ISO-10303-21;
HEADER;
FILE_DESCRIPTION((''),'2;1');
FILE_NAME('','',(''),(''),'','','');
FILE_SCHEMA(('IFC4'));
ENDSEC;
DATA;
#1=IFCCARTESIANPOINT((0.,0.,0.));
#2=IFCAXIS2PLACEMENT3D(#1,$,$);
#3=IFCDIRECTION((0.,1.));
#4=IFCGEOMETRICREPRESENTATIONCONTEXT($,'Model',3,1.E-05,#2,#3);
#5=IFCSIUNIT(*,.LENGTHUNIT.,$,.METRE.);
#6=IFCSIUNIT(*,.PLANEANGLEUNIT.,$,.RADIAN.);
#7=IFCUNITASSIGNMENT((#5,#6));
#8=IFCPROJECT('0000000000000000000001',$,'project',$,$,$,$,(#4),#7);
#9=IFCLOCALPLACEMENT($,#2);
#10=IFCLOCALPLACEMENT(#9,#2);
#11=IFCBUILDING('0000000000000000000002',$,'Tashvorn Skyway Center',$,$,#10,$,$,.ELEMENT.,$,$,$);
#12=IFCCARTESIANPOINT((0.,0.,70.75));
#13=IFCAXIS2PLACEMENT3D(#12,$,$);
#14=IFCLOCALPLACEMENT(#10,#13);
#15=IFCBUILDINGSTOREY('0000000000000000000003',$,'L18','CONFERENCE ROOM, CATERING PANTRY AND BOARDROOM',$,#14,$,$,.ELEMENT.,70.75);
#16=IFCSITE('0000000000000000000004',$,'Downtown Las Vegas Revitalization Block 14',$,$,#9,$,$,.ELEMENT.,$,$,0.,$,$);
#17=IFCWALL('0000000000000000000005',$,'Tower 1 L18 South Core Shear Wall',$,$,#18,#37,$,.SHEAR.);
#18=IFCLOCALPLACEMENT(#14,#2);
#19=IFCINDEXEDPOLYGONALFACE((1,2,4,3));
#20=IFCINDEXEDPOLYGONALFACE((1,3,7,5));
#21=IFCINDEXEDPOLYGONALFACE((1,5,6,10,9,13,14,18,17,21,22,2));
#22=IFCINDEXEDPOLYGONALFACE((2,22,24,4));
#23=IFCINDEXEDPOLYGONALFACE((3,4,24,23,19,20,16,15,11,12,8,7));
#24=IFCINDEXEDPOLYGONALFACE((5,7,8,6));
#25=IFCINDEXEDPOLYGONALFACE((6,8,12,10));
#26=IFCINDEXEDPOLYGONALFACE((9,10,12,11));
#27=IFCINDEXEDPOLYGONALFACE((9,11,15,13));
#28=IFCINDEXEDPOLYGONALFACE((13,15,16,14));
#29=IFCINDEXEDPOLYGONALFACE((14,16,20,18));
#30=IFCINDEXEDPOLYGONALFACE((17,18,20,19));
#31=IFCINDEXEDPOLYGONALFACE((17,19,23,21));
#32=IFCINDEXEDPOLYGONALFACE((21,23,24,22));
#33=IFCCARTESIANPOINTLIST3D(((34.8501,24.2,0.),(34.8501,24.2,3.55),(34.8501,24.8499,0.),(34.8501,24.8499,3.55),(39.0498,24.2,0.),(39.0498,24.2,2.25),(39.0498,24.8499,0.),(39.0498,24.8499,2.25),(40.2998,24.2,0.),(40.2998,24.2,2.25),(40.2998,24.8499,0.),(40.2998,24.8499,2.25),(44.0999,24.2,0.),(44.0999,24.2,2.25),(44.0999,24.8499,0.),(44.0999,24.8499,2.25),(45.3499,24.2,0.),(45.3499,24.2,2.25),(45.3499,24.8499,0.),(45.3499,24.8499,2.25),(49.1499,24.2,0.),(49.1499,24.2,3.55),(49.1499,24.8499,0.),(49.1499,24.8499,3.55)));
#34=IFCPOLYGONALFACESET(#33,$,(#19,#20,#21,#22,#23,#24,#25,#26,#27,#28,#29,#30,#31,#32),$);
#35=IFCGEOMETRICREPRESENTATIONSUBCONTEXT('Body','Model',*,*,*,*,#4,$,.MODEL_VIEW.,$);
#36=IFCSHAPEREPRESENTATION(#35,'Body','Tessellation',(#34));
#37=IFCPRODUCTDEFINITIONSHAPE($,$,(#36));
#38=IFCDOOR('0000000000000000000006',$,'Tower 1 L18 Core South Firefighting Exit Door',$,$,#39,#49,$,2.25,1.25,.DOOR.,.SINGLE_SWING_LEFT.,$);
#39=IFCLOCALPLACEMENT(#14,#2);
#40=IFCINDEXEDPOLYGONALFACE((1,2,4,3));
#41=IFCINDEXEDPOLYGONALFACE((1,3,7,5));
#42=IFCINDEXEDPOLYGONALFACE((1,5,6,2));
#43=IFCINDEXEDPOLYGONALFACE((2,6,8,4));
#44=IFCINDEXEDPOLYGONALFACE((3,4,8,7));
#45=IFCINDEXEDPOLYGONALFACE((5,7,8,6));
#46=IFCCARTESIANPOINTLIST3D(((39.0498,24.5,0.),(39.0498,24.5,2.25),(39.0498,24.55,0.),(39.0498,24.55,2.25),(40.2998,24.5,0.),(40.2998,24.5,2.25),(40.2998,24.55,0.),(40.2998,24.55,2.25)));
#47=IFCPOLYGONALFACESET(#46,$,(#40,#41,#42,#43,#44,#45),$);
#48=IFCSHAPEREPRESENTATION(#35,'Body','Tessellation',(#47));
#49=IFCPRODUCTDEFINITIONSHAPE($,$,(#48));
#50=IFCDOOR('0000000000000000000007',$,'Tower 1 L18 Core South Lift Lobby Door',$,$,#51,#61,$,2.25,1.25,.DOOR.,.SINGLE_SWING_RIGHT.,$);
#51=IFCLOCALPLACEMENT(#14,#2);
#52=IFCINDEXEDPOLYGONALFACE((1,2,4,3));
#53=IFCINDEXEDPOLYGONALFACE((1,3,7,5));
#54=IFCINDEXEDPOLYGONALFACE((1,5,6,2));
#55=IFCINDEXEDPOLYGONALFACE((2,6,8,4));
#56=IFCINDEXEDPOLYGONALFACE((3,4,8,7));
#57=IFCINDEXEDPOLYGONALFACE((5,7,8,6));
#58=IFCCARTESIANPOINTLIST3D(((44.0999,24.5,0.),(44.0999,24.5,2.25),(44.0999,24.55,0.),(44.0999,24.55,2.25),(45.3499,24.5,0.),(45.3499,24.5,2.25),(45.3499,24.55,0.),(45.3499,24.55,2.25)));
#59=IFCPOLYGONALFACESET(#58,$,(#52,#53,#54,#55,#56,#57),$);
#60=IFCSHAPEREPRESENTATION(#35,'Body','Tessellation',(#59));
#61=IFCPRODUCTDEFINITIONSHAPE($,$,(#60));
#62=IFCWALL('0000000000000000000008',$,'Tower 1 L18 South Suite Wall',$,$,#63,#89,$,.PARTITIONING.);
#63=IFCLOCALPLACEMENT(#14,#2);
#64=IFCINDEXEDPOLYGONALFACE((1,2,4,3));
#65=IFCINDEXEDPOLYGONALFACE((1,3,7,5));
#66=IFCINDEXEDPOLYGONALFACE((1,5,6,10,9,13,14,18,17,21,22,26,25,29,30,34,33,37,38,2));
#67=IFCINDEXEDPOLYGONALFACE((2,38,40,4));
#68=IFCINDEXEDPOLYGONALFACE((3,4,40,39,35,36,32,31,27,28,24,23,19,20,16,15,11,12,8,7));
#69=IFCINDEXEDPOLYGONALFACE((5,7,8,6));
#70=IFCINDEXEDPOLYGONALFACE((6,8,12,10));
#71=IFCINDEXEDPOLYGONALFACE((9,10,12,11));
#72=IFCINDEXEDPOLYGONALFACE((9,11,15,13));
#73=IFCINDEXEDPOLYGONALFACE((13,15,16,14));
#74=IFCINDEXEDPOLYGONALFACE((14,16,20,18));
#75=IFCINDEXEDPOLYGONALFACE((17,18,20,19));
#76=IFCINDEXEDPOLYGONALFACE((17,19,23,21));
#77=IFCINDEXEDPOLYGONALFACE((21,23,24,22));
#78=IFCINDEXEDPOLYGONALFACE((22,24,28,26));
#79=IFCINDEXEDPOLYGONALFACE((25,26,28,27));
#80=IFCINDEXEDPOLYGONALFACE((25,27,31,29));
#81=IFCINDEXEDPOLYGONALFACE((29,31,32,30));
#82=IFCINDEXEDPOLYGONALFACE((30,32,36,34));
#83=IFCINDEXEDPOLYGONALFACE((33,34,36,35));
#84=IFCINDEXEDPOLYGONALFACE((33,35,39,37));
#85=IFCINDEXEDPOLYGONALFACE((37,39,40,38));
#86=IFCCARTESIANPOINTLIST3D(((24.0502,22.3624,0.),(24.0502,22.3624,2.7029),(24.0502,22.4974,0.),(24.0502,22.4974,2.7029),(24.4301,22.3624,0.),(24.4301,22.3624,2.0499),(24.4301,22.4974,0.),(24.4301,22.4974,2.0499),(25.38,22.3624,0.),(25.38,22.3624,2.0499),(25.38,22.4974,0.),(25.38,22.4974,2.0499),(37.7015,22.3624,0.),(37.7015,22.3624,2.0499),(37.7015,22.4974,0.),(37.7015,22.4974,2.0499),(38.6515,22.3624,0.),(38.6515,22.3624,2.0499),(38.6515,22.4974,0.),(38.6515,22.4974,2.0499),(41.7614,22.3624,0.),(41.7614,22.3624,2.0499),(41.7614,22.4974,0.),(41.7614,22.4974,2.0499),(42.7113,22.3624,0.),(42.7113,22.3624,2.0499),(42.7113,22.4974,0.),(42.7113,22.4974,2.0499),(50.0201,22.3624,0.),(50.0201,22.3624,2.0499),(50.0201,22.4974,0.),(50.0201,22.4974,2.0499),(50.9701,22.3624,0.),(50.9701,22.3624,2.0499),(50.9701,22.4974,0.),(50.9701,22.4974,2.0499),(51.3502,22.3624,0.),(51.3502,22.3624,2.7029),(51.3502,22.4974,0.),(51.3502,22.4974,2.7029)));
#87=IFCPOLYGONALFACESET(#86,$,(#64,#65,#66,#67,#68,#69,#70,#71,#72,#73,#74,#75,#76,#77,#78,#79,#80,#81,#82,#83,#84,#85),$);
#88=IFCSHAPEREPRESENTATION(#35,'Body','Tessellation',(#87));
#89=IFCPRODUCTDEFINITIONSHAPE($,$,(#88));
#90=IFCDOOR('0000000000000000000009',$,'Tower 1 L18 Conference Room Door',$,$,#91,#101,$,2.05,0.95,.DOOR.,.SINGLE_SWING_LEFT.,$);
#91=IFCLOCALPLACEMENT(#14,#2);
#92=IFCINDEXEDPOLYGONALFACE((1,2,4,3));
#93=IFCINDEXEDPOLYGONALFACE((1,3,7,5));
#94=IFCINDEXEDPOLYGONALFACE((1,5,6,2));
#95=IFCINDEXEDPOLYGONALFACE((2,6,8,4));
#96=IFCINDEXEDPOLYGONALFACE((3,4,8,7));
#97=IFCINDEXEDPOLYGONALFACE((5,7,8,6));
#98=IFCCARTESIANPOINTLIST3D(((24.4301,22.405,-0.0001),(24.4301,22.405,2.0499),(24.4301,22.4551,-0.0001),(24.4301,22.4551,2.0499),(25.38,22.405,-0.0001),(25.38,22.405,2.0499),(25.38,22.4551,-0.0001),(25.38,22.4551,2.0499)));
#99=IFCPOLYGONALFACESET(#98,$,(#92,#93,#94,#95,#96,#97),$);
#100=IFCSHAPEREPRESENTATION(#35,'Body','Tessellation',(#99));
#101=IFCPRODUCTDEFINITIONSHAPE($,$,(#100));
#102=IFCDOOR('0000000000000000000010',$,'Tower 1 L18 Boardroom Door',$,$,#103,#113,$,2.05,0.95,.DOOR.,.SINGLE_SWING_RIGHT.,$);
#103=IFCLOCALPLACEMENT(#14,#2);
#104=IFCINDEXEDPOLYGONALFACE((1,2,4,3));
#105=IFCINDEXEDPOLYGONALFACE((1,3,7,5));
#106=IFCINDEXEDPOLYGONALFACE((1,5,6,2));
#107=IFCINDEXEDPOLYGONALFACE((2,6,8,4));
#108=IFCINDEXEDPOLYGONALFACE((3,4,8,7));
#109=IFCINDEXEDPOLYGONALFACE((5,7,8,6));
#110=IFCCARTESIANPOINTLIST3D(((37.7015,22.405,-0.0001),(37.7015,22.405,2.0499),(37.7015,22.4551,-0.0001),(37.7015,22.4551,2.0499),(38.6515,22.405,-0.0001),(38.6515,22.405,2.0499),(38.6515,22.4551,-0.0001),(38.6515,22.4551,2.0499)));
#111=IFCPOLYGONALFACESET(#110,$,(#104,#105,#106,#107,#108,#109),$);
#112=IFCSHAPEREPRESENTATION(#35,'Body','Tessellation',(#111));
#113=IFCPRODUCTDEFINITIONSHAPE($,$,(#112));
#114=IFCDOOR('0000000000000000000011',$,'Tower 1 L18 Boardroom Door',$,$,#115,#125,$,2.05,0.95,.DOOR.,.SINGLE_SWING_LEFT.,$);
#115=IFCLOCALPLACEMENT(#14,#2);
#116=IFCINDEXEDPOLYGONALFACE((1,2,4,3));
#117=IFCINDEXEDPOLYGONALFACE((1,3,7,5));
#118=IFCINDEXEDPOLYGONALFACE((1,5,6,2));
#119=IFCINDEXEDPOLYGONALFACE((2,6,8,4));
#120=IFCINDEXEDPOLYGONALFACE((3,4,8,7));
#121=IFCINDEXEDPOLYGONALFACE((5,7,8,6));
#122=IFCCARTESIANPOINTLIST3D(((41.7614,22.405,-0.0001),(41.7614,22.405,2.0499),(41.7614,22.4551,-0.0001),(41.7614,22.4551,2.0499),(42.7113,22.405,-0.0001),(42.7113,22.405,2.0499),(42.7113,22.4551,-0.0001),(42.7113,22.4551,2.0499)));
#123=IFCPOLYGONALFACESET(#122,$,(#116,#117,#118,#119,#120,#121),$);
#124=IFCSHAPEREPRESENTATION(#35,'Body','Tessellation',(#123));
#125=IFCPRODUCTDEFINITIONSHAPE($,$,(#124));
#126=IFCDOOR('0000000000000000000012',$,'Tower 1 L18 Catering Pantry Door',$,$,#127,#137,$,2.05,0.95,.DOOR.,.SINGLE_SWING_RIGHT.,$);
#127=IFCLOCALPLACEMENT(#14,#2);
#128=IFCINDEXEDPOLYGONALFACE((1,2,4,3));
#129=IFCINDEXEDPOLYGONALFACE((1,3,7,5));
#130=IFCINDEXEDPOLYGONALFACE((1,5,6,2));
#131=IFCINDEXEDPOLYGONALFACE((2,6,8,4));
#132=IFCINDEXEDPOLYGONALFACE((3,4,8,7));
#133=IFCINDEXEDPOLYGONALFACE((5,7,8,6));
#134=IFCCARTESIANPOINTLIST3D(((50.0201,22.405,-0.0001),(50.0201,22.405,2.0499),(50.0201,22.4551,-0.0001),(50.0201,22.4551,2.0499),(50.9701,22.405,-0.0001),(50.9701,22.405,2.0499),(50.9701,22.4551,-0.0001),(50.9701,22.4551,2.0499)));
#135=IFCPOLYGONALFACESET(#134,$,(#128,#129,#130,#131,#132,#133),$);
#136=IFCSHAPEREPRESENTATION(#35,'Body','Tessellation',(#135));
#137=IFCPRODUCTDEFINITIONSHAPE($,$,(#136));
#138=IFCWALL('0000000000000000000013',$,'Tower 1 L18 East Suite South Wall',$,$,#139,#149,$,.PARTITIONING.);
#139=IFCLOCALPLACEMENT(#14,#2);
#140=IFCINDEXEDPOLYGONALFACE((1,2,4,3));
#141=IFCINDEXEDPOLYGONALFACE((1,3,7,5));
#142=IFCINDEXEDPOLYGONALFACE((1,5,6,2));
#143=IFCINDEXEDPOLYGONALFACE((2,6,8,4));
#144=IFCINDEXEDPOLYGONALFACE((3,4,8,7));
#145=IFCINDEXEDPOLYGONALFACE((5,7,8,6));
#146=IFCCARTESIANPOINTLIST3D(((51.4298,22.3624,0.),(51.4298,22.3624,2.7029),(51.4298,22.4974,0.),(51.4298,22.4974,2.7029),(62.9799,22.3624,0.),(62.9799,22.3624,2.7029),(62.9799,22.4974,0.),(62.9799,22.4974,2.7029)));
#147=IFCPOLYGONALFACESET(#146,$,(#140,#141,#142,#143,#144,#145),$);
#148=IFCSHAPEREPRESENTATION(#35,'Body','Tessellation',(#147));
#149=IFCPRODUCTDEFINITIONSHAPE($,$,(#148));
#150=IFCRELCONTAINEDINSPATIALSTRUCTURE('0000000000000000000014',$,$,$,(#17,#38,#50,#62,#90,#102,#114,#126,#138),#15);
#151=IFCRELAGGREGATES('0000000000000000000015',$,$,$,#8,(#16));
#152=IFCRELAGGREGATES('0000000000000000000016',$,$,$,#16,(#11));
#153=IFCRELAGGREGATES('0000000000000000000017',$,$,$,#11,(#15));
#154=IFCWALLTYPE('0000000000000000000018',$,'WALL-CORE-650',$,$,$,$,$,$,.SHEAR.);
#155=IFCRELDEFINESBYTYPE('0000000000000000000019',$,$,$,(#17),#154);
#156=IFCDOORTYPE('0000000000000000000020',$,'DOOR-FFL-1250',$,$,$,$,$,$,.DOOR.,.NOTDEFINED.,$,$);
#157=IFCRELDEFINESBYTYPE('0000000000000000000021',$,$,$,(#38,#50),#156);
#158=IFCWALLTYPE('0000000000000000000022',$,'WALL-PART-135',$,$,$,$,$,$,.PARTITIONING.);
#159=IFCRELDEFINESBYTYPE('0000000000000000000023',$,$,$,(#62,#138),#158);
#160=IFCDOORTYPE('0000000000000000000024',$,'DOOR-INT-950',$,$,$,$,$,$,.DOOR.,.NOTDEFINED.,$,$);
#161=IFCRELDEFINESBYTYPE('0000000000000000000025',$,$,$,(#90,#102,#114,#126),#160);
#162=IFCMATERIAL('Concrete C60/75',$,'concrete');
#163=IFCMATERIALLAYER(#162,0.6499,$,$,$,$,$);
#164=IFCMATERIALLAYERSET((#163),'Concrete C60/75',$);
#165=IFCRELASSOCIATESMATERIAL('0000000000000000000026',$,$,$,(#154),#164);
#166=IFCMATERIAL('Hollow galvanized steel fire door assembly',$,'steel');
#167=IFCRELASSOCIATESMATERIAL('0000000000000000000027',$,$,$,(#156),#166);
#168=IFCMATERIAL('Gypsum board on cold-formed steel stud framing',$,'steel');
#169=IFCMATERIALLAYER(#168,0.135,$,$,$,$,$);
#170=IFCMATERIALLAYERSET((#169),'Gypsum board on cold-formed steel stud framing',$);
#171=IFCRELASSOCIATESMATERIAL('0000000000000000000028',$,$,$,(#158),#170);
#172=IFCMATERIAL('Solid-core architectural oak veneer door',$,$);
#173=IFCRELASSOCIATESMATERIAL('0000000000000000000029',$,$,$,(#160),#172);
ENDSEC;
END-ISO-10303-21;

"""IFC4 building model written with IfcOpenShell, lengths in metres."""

from ifc_helpers import new_model, si_unit, direction, frame, frame_2d, origin, place, context, subcontext, project, spatial, rectangle, extrude, material, layer, layer_set, type_object, element, fill, save


model = new_model("IFC4")

# Units and contexts
model_context = context("Model", 3, precision=1e-05, world=origin(), true_north=direction((0.0, 1.0)))
body_context = subcontext(model_context, "Body", "Model", "MODEL_VIEW")
ifc_project = project(units=[si_unit("LENGTHUNIT", "METRE"), si_unit("PLANEANGLEUNIT", "RADIAN")], contexts=[model_context])

# Site, building, storey
site_placement = place(None, origin())
site = spatial("IfcSite", under=ifc_project, at=site_placement, Name="Downtown Las Vegas Revitalization Block 14", CompositionType="ELEMENT", RefElevation=0.0)
building_placement = place(site_placement, origin())
building = spatial("IfcBuilding", under=site, at=building_placement, Name="Tashvorn Skyway Center", CompositionType="ELEMENT")
storey_placement = place(building_placement, frame((0.0, 0.0, 70.75)))
storey = spatial("IfcBuildingStorey", under=building, at=storey_placement, Name="L18", Description="CONFERENCE ROOM, CATERING PANTRY AND BOARDROOM", CompositionType="ELEMENT", Elevation=70.75)

# Walls, openings, doors
ifc_material_1 = material(Name="Concrete C60/75", Category="concrete")
ifc_layer_1 = layer(ifc_material_1, 0.6499)
ifc_layer_set_1 = layer_set([ifc_layer_1], Name="Concrete C60/75")
wall_type_1 = type_object("IfcWallType", Name="WALL-CORE-650", PredefinedType="SHEAR", material=ifc_layer_set_1)
wall_1_placement = place(storey_placement, frame((49.1499, 24.5249, 0.0), z_axis=(0.0, 0.0, 1.0), x_axis=(-1.0, 0.0, 0.0)))
wall_1 = element("IfcWall", 1, at=wall_1_placement, inside=storey, type_object=wall_type_1, Name="Tower 1 L18 South Core Shear Wall", PredefinedType="SHEAR", context=body_context, shape_type="SweptSolid", body=[
    extrude(rectangle(XDim=14.2998, YDim=0.6499, at=frame_2d((7.1499, 0.0))), origin(), (0.0, 0.0, 1.0), 3.55),
])
opening_1_placement = place(wall_1_placement, frame((8.8501, 0.0, 0.0)))
opening_1 = element("IfcOpeningElement", 2, at=opening_1_placement, cuts=wall_1, PredefinedType="OPENING", context=body_context, shape_type="SweptSolid", body=[
    extrude(rectangle(XDim=1.25, YDim=2.25, at=frame_2d((0.625, 1.125))), frame((0.0, 0.335, 0.0), z_axis=(0.0, -1.0, 0.0), x_axis=(1.0, 0.0, 0.0)), (0.0, 0.0, 1.0), 0.6699),
])
opening_2_placement = place(wall_1_placement, frame((3.8, 0.0, 0.0)))
opening_2 = element("IfcOpeningElement", 3, at=opening_2_placement, cuts=wall_1, PredefinedType="OPENING", context=body_context, shape_type="SweptSolid", body=[
    extrude(rectangle(XDim=1.25, YDim=2.25, at=frame_2d((0.625, 1.125))), frame((0.0, 0.335, 0.0), z_axis=(0.0, -1.0, 0.0), x_axis=(1.0, 0.0, 0.0)), (0.0, 0.0, 1.0), 0.6699),
])
ifc_material_2 = material(Name="Hollow galvanized steel fire door assembly", Category="steel")
door_type_1 = type_object("IfcDoorType", Name="DOOR-FFL-1250", OperationType="NOTDEFINED", PredefinedType="DOOR", material=ifc_material_2)
door_1_placement = place(opening_1_placement, origin())
door_1 = element("IfcDoor", 4, at=door_1_placement, inside=storey, type_object=door_type_1, Name="Tower 1 L18 Core South Firefighting Exit Door", OperationType="SINGLE_SWING_LEFT", OverallHeight=2.25, OverallWidth=1.25, PredefinedType="DOOR", context=body_context, shape_type="SweptSolid", body=[
    extrude(rectangle(XDim=1.25, YDim=2.25, at=frame_2d((0.625, 1.125))), frame((0.0, 0.0249, 0.0), z_axis=(0.0, -1.0, 0.0), x_axis=(1.0, 0.0, 0.0)), (0.0, 0.0, 1.0), 0.05),
])
fill(opening_1, door_1)
door_2_placement = place(opening_2_placement, origin())
door_2 = element("IfcDoor", 5, at=door_2_placement, inside=storey, type_object=door_type_1, Name="Tower 1 L18 Core South Lift Lobby Door", OperationType="SINGLE_SWING_RIGHT", OverallHeight=2.25, OverallWidth=1.25, PredefinedType="DOOR", context=body_context, shape_type="SweptSolid", body=[
    extrude(rectangle(XDim=1.25, YDim=2.25, at=frame_2d((0.625, 1.125))), frame((0.0, 0.0249, 0.0), z_axis=(0.0, -1.0, 0.0), x_axis=(1.0, 0.0, 0.0)), (0.0, 0.0, 1.0), 0.05),
])
fill(opening_2, door_2)
ifc_material_3 = material(Name="Gypsum board on cold-formed steel stud framing", Category="steel")
ifc_layer_2 = layer(ifc_material_3, 0.135)
ifc_layer_set_2 = layer_set([ifc_layer_2], Name="Gypsum board on cold-formed steel stud framing")
wall_type_2 = type_object("IfcWallType", Name="WALL-PART-135", PredefinedType="PARTITIONING", material=ifc_layer_set_2)
wall_2_placement = place(storey_placement, frame((51.3501, 22.4299, 0.0), z_axis=(0.0, 0.0, 1.0), x_axis=(-1.0, 0.0, 0.0)))
wall_2 = element("IfcWall", 6, at=wall_2_placement, inside=storey, type_object=wall_type_2, Name="Tower 1 L18 South Suite Wall", PredefinedType="PARTITIONING", context=body_context, shape_type="SweptSolid", body=[
    extrude(rectangle(XDim=27.3, YDim=0.135, at=frame_2d((13.6499, 0.0))), origin(), (0.0, 0.0, 1.0), 2.7029),
])
opening_3_placement = place(wall_2_placement, frame((25.97, 0.0, 0.0)))
opening_3 = element("IfcOpeningElement", 7, at=opening_3_placement, cuts=wall_2, PredefinedType="OPENING", context=body_context, shape_type="SweptSolid", body=[
    extrude(rectangle(XDim=0.95, YDim=2.05, at=frame_2d((0.4751, 1.0249))), frame((0.0, 0.0774, 0.0), z_axis=(0.0, -1.0, 0.0), x_axis=(1.0, 0.0, 0.0)), (0.0, 0.0, 1.0), 0.155),
])
opening_4_placement = place(wall_2_placement, frame((12.6985, 0.0, 0.0)))
opening_4 = element("IfcOpeningElement", 8, at=opening_4_placement, cuts=wall_2, PredefinedType="OPENING", context=body_context, shape_type="SweptSolid", body=[
    extrude(rectangle(XDim=0.95, YDim=2.05, at=frame_2d((0.4751, 1.0249))), frame((0.0, 0.0774, 0.0), z_axis=(0.0, -1.0, 0.0), x_axis=(1.0, 0.0, 0.0)), (0.0, 0.0, 1.0), 0.155),
])
opening_5_placement = place(wall_2_placement, frame((8.6387, 0.0, 0.0)))
opening_5 = element("IfcOpeningElement", 9, at=opening_5_placement, cuts=wall_2, PredefinedType="OPENING", context=body_context, shape_type="SweptSolid", body=[
    extrude(rectangle(XDim=0.95, YDim=2.05, at=frame_2d((0.4751, 1.0249))), frame((0.0, 0.0774, 0.0), z_axis=(0.0, -1.0, 0.0), x_axis=(1.0, 0.0, 0.0)), (0.0, 0.0, 1.0), 0.155),
])
opening_6_placement = place(wall_2_placement, frame((0.3799, 0.0, 0.0)))
opening_6 = element("IfcOpeningElement", 10, at=opening_6_placement, cuts=wall_2, PredefinedType="OPENING", context=body_context, shape_type="SweptSolid", body=[
    extrude(rectangle(XDim=0.95, YDim=2.05, at=frame_2d((0.4751, 1.0249))), frame((0.0, 0.0774, 0.0), z_axis=(0.0, -1.0, 0.0), x_axis=(1.0, 0.0, 0.0)), (0.0, 0.0, 1.0), 0.155),
])
ifc_material_4 = material(Name="Solid-core architectural oak veneer door")
door_type_2 = type_object("IfcDoorType", Name="DOOR-INT-950", OperationType="NOTDEFINED", PredefinedType="DOOR", material=ifc_material_4)
door_3_placement = place(opening_3_placement, origin())
door_3 = element("IfcDoor", 11, at=door_3_placement, inside=storey, type_object=door_type_2, Name="Tower 1 L18 Conference Room Door", OperationType="SINGLE_SWING_LEFT", OverallHeight=2.05, OverallWidth=0.95, PredefinedType="DOOR", context=body_context, shape_type="SweptSolid", body=[
    extrude(rectangle(XDim=0.95, YDim=2.05, at=frame_2d((0.4751, 1.0249))), frame((0.0, 0.0249, 0.0), z_axis=(0.0, -1.0, 0.0), x_axis=(1.0, 0.0, 0.0)), (0.0, 0.0, 1.0), 0.05),
])
fill(opening_3, door_3)
door_4_placement = place(opening_4_placement, origin())
door_4 = element("IfcDoor", 12, at=door_4_placement, inside=storey, type_object=door_type_2, Name="Tower 1 L18 Boardroom Door", OperationType="SINGLE_SWING_RIGHT", OverallHeight=2.05, OverallWidth=0.95, PredefinedType="DOOR", context=body_context, shape_type="SweptSolid", body=[
    extrude(rectangle(XDim=0.95, YDim=2.05, at=frame_2d((0.4751, 1.0249))), frame((0.0, 0.0249, 0.0), z_axis=(0.0, -1.0, 0.0), x_axis=(1.0, 0.0, 0.0)), (0.0, 0.0, 1.0), 0.05),
])
fill(opening_4, door_4)
door_5_placement = place(opening_5_placement, origin())
door_5 = element("IfcDoor", 13, at=door_5_placement, inside=storey, type_object=door_type_2, Name="Tower 1 L18 Boardroom Door", OperationType="SINGLE_SWING_LEFT", OverallHeight=2.05, OverallWidth=0.95, PredefinedType="DOOR", context=body_context, shape_type="SweptSolid", body=[
    extrude(rectangle(XDim=0.95, YDim=2.05, at=frame_2d((0.4751, 1.0249))), frame((0.0, 0.0249, 0.0), z_axis=(0.0, -1.0, 0.0), x_axis=(1.0, 0.0, 0.0)), (0.0, 0.0, 1.0), 0.05),
])
fill(opening_5, door_5)
door_6_placement = place(opening_6_placement, origin())
door_6 = element("IfcDoor", 14, at=door_6_placement, inside=storey, type_object=door_type_2, Name="Tower 1 L18 Catering Pantry Door", OperationType="SINGLE_SWING_RIGHT", OverallHeight=2.05, OverallWidth=0.95, PredefinedType="DOOR", context=body_context, shape_type="SweptSolid", body=[
    extrude(rectangle(XDim=0.95, YDim=2.05, at=frame_2d((0.4751, 1.0249))), frame((0.0, 0.0249, 0.0), z_axis=(0.0, -1.0, 0.0), x_axis=(1.0, 0.0, 0.0)), (0.0, 0.0, 1.0), 0.05),
])
fill(opening_6, door_6)

# Wall
wall_3_placement = place(storey_placement, frame((51.4299, 22.4299, 0.0), z_axis=(0.0, 0.0, 1.0), x_axis=(1.0, 0.0, 0.0)))
element("IfcWall", 15, at=wall_3_placement, inside=storey, type_object=wall_type_2, Name="Tower 1 L18 East Suite South Wall", PredefinedType="PARTITIONING", context=body_context, shape_type="SweptSolid", body=[
    extrude(rectangle(XDim=11.55, YDim=0.135, at=frame_2d((5.7749, 0.0))), origin(), (0.0, 0.0, 1.0), 2.7029),
])

save(model, "model.ifc")
